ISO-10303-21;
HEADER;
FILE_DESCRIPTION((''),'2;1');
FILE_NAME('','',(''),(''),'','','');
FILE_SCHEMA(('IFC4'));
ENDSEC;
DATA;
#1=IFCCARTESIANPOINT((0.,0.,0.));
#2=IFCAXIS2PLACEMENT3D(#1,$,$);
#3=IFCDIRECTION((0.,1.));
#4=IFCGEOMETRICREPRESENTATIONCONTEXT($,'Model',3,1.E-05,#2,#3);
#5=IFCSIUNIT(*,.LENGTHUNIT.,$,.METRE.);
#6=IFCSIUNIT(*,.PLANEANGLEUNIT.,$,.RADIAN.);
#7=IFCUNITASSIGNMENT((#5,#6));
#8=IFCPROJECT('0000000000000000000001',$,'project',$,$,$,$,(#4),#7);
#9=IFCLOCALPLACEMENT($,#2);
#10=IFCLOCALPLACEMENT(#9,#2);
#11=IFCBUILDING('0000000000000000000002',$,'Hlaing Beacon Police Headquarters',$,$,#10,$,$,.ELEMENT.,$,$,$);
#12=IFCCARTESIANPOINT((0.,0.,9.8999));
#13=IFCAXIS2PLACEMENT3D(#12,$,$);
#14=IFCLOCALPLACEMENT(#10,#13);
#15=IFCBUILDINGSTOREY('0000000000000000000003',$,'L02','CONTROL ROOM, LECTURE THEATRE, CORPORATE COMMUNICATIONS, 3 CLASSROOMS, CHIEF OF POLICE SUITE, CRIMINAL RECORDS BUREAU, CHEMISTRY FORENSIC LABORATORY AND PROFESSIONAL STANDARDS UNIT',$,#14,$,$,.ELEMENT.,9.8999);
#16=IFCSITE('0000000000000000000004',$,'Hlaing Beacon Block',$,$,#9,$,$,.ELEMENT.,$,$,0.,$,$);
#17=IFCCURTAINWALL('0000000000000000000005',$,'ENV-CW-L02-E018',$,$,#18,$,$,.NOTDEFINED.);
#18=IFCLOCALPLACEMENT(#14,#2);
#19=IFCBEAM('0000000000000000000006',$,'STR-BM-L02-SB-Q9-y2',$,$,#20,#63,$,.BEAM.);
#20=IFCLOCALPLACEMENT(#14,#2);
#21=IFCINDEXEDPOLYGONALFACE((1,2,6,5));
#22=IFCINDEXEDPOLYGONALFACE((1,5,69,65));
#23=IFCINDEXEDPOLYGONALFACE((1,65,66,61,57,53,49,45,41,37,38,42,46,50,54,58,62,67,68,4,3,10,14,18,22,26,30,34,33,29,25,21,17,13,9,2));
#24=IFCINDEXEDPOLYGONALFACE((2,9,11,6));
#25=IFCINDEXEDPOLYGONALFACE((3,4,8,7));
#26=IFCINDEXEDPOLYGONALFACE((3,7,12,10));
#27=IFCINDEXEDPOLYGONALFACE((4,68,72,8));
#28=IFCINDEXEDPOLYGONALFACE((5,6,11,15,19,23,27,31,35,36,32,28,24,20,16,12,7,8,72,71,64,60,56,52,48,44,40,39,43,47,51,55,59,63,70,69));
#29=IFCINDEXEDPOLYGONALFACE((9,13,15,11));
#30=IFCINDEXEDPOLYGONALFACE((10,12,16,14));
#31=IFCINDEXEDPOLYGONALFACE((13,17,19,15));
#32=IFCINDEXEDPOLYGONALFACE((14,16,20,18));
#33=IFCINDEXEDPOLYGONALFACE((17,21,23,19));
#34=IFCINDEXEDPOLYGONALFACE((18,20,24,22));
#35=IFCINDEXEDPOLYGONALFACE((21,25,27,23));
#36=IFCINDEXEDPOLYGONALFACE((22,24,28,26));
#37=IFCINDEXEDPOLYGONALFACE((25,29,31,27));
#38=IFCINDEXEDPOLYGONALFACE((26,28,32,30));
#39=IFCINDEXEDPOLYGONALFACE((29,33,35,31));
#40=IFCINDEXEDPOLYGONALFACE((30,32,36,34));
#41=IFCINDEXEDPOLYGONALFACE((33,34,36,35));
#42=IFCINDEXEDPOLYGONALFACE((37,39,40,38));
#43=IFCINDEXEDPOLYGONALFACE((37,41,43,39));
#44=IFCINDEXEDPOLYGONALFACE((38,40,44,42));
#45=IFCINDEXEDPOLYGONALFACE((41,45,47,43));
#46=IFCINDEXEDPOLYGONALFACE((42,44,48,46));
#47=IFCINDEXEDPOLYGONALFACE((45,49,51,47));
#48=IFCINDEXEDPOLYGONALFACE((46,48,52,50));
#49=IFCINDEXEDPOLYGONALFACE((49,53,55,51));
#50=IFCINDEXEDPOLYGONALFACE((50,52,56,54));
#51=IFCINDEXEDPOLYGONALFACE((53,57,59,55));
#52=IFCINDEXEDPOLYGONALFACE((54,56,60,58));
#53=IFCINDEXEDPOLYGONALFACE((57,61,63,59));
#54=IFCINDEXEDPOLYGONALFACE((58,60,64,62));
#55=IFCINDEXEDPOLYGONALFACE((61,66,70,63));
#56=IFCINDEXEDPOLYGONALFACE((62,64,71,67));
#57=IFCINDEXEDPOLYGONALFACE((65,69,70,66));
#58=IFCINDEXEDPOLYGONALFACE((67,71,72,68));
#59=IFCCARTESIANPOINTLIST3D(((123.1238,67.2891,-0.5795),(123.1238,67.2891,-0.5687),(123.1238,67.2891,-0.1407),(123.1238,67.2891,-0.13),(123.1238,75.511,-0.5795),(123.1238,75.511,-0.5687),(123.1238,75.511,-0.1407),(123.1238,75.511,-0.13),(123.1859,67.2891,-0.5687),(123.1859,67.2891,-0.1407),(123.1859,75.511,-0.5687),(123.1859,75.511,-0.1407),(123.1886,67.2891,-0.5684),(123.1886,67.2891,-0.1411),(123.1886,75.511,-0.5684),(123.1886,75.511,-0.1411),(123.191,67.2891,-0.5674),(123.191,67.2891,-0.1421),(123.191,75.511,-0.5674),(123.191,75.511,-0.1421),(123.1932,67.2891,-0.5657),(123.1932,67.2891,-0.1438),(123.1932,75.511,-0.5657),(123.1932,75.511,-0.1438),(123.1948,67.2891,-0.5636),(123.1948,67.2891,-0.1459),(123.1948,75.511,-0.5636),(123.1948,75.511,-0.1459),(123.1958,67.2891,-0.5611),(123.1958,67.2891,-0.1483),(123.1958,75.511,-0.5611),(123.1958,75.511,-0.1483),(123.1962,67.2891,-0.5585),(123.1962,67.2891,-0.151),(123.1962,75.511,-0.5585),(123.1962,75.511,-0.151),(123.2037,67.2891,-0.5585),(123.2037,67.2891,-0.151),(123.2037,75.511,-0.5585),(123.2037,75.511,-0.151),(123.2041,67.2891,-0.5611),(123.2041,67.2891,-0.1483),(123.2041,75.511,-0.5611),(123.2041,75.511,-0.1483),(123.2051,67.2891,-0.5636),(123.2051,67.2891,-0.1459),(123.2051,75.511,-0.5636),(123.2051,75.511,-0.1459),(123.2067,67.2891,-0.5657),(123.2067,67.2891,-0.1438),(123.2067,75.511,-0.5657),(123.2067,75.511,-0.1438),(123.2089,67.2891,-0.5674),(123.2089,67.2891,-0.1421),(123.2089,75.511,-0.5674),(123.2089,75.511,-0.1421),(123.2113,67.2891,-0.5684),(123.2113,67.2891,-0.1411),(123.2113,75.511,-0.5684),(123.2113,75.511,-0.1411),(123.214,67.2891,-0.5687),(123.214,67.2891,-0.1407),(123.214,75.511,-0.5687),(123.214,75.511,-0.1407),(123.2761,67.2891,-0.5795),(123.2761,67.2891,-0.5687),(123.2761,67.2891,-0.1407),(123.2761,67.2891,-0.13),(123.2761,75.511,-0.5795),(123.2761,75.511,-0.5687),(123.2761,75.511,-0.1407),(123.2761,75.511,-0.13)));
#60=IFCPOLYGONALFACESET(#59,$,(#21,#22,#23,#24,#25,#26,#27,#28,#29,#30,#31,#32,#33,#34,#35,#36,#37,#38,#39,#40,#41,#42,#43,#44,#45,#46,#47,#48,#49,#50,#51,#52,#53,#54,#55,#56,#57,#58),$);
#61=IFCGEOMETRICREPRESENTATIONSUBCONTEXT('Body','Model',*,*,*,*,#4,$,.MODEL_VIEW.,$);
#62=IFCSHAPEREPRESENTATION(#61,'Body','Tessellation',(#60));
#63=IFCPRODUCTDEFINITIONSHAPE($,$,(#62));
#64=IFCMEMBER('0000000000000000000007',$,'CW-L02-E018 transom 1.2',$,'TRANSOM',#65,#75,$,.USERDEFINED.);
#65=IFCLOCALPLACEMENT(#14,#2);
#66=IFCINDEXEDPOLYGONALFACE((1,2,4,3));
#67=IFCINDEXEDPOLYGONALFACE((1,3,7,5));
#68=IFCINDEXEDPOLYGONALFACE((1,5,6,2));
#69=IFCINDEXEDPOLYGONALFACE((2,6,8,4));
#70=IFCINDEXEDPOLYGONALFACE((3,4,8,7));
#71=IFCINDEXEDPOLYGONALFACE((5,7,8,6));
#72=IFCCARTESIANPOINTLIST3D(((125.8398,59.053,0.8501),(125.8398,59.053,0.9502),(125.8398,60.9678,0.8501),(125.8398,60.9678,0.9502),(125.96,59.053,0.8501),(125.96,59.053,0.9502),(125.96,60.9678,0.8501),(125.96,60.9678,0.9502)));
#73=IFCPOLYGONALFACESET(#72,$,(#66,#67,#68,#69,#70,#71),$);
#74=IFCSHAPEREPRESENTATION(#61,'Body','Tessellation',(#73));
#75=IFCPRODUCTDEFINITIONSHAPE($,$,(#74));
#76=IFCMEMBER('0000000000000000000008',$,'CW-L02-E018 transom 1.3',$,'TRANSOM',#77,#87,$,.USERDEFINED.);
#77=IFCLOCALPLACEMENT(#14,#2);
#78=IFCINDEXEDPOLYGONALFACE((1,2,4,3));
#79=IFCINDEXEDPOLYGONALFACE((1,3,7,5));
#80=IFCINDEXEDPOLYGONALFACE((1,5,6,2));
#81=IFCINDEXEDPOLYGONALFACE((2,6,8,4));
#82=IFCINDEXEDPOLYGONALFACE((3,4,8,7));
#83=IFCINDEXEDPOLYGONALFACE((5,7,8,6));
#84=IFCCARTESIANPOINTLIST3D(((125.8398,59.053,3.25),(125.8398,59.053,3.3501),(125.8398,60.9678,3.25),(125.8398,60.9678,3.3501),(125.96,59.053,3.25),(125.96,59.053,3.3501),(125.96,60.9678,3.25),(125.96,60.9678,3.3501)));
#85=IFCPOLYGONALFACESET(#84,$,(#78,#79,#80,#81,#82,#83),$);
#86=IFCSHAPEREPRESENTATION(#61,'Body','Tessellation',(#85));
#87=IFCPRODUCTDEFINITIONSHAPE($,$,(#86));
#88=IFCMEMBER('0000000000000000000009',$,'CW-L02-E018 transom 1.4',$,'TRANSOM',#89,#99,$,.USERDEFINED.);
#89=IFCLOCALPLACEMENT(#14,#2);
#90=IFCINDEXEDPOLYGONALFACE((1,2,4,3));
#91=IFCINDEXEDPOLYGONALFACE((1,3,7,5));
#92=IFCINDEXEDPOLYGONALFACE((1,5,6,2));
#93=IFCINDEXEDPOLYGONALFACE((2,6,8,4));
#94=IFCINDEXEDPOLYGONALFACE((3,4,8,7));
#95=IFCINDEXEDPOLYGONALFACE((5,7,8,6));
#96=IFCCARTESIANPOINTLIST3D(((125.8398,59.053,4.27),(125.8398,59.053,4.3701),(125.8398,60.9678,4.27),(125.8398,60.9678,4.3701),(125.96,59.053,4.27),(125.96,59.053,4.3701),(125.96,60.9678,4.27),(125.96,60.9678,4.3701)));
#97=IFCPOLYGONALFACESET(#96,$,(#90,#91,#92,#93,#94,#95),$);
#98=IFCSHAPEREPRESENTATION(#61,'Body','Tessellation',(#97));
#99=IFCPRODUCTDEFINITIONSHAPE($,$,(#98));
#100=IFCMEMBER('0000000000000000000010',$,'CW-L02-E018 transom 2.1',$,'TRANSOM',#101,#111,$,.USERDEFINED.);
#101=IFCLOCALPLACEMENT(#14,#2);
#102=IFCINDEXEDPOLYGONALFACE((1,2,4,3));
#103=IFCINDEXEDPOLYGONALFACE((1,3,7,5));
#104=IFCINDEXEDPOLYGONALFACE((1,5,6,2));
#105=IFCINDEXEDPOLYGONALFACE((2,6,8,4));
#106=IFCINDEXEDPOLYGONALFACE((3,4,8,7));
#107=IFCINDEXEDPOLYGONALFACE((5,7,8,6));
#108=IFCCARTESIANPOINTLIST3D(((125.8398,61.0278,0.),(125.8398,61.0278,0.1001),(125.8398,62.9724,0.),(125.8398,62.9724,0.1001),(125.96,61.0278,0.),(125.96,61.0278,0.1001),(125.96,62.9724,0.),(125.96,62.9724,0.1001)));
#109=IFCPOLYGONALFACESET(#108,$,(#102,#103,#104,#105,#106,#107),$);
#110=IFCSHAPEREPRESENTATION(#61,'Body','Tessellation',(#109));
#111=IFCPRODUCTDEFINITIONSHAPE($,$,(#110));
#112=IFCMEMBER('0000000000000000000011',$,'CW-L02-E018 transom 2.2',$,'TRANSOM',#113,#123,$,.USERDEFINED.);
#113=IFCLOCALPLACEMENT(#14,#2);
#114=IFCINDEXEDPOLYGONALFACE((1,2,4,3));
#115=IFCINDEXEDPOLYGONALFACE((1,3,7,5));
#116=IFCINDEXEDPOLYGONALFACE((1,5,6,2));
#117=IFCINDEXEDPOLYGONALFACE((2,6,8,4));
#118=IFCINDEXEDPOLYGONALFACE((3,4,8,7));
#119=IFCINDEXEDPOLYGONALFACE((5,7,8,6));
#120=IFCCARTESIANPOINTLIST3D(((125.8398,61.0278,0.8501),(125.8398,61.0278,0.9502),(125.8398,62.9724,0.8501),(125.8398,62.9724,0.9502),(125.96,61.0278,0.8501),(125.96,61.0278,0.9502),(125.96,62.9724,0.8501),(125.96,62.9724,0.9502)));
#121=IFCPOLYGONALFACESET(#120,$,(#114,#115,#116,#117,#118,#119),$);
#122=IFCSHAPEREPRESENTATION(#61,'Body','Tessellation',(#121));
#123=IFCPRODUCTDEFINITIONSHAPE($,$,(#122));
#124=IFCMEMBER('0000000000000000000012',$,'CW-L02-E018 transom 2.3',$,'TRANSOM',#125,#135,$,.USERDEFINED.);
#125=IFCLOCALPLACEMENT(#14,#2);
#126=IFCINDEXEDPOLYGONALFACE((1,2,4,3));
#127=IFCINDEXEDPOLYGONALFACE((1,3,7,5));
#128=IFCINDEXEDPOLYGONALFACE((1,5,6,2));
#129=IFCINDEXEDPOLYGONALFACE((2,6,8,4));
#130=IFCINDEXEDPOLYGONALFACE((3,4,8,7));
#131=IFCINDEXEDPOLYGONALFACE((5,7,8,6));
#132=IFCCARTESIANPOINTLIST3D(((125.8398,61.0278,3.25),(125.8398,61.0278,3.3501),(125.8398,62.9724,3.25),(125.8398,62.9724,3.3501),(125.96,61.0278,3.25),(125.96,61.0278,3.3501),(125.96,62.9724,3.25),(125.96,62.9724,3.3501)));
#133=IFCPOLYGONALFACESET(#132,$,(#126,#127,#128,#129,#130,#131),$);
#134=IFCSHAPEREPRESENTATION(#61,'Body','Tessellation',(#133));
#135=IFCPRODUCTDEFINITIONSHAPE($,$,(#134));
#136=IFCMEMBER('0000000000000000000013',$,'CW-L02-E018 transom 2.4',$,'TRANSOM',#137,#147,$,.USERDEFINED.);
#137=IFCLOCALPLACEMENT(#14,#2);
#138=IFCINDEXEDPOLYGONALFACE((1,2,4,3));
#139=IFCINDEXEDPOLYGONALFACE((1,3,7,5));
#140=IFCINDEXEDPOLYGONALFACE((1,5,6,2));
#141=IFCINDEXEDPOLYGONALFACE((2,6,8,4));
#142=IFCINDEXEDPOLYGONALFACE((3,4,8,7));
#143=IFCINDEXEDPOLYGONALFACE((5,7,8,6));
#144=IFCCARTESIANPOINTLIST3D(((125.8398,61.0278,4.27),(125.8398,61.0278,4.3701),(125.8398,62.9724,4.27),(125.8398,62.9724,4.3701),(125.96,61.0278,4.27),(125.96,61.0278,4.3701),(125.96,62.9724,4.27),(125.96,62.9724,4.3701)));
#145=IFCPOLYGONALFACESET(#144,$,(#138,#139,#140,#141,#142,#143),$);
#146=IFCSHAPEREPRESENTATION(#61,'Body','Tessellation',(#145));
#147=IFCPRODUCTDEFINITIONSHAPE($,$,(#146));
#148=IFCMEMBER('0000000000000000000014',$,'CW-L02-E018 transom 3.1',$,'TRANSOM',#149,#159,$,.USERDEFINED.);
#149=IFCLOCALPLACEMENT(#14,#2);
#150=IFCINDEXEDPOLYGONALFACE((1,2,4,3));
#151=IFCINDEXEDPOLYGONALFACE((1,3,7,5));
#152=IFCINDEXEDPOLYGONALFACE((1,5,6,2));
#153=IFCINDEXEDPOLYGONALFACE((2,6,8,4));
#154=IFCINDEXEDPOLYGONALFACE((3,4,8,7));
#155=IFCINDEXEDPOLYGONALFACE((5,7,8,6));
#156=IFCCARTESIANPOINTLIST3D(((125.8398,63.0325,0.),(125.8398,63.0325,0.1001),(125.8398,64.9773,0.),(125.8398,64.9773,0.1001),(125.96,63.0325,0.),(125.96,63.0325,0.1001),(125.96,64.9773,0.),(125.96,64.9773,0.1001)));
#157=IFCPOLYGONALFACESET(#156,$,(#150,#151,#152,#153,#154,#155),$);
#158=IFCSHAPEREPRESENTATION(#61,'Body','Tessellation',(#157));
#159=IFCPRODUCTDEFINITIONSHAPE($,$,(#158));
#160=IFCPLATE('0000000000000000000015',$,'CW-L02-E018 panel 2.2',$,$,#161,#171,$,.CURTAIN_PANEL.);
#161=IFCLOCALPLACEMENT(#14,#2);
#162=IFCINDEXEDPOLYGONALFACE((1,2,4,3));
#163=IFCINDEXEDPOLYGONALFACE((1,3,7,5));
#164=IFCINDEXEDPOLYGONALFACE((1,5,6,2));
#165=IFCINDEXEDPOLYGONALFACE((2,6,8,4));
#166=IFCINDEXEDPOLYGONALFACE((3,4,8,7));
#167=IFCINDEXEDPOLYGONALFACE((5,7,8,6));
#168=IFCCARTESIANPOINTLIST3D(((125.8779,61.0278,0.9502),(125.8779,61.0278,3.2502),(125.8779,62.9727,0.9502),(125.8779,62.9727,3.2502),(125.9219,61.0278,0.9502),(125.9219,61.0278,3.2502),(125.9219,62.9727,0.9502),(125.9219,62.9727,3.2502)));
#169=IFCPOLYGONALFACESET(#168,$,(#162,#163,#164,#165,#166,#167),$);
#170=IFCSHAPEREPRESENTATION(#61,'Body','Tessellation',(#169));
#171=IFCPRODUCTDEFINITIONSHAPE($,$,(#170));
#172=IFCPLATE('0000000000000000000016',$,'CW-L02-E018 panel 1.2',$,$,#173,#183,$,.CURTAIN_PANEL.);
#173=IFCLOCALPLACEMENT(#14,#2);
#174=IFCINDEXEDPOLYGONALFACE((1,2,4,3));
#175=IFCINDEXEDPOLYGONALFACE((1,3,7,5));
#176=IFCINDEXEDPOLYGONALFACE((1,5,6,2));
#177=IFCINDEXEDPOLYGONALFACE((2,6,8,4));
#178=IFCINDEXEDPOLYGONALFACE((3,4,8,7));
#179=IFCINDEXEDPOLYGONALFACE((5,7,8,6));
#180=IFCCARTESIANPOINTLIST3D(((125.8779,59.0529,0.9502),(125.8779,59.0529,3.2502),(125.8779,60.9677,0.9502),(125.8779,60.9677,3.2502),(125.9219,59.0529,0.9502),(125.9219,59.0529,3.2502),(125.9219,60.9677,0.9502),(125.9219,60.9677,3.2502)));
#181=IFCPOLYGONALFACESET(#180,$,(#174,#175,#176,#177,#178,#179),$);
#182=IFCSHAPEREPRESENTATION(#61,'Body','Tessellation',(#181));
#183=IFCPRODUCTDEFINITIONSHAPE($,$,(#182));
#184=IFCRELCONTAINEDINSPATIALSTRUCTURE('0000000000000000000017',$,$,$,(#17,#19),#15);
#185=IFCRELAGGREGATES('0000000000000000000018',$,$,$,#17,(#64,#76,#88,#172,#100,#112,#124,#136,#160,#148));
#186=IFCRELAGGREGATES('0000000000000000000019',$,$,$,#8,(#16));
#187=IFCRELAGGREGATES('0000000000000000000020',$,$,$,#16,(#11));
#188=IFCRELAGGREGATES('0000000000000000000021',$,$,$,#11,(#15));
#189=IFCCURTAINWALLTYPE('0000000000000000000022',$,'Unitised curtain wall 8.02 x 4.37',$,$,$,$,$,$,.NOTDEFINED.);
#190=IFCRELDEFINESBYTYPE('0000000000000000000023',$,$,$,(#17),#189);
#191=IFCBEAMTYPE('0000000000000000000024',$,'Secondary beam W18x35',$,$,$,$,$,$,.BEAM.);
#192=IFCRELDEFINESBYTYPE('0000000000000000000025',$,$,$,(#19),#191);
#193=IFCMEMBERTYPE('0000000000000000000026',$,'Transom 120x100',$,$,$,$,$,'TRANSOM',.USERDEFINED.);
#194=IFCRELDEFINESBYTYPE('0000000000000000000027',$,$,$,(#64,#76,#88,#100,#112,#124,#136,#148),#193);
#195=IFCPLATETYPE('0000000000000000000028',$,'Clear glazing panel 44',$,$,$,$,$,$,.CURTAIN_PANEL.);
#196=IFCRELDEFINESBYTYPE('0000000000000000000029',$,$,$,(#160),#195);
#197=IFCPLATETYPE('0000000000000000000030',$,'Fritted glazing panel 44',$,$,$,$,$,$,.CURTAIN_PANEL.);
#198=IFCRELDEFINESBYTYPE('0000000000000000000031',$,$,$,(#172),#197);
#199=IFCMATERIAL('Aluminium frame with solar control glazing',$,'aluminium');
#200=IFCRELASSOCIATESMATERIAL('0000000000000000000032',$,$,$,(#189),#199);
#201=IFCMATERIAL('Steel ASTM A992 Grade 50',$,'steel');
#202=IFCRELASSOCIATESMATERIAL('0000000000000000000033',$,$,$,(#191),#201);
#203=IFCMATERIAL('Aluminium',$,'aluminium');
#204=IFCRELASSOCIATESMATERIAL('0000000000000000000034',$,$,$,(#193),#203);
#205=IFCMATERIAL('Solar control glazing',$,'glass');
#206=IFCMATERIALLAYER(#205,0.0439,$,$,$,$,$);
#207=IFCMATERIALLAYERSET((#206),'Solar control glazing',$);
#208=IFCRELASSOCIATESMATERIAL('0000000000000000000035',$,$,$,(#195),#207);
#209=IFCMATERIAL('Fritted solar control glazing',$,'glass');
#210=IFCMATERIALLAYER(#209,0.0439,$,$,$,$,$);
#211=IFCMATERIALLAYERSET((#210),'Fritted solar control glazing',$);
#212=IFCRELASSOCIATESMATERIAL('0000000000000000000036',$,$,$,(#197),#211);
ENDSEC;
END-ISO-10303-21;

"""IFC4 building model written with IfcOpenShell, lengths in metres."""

from ifc_helpers import new_model, si_unit, direction, frame, origin, origin_2d, place, context, subcontext, project, spatial, rectangle, i_section, extrude, material, layer, layer_set, material_profile, profile_set, type_object, element, aggregate, save


model = new_model("IFC4")

# Units and contexts
model_context = context("Model", 3, precision=1e-05, world=origin(), true_north=direction((0.0, 1.0)))
body_context = subcontext(model_context, "Body", "Model", "MODEL_VIEW")
ifc_project = project(units=[si_unit("LENGTHUNIT", "METRE"), si_unit("PLANEANGLEUNIT", "RADIAN")], contexts=[model_context])

# Site, building, storey
site_placement = place(None, origin())
site = spatial("IfcSite", under=ifc_project, at=site_placement, Name="Hlaing Beacon Block", CompositionType="ELEMENT", RefElevation=0.0)
building_placement = place(site_placement, origin())
building = spatial("IfcBuilding", under=site, at=building_placement, Name="Hlaing Beacon Police Headquarters", CompositionType="ELEMENT")
storey_placement = place(building_placement, frame((0.0, 0.0, 9.8999)))
storey = spatial("IfcBuildingStorey", under=building, at=storey_placement, Name="L02", Description="CONTROL ROOM, LECTURE THEATRE, CORPORATE COMMUNICATIONS, 3 CLASSROOMS, CHIEF OF POLICE SUITE, CRIMINAL RECORDS BUREAU, CHEMISTRY FORENSIC LABORATORY AND PROFESSIONAL STANDARDS UNIT", CompositionType="ELEMENT", Elevation=9.8999)

# Curtain wall
ifc_material_1 = material(Name="Aluminium frame with solar control glazing", Category="aluminium")
curtain_wall_type = type_object("IfcCurtainWallType", Name="Unitised curtain wall 8.02 x 4.37", PredefinedType="NOTDEFINED", material=ifc_material_1)
curtain_wall_placement = place(storey_placement, origin())
curtain_wall = element("IfcCurtainWall", 1, at=curtain_wall_placement, inside=storey, type_object=curtain_wall_type, Name="ENV-CW-L02-E018", PredefinedType="NOTDEFINED")

# Beam
ifc_material_2 = material(Name="Steel ASTM A992 Grade 50", Category="steel")
ifc_material_profile_1 = material_profile(ifc_material_2, i_section(OverallWidth=0.1523, OverallDepth=0.4495, WebThickness=0.0076, FlangeThickness=0.0107, FilletRadius=0.0103, at=origin_2d()), Name="W18x35")
ifc_profile_set_1 = profile_set([ifc_material_profile_1], Name="Steel ASTM A992 Grade 50")
beam_type_1 = type_object("IfcBeamType", Name="Secondary beam W18x35", PredefinedType="BEAM", material=ifc_profile_set_1)
for number, where, z_axis, x_axis, name in (
    (2, (123.2, 67.2891, -0.3547), (0.0, 1.0, 0.0), (-1.0, 0.0, 0.0), "STR-BM-L02-SB-Q9-y2"),
):
    element("IfcBeam", number, at=place(storey_placement, frame(where, z_axis=z_axis, x_axis=x_axis)), inside=storey, type_object=beam_type_1, Name=name, PredefinedType="BEAM", context=body_context, shape_type="SweptSolid", body=[
        extrude(i_section(OverallWidth=0.1523, OverallDepth=0.4495, WebThickness=0.0076, FlangeThickness=0.0107, FilletRadius=0.0103, at=origin_2d()), origin(), (0.0, 0.0, 1.0), 8.2219),
    ])

# Members
ifc_material_3 = material(Name="Aluminium", Category="aluminium")
ifc_material_profile_2 = material_profile(ifc_material_3, rectangle(XDim=0.1201, YDim=0.1001, at=origin_2d()), Name="Transom 120x100")
ifc_profile_set_2 = profile_set([ifc_material_profile_2], Name="Aluminium")
member_type_1 = type_object("IfcMemberType", Name="Transom 120x100", ElementType="TRANSOM", PredefinedType="USERDEFINED", material=ifc_profile_set_2)
member_1_placement = place(storey_placement, frame((125.8999, 59.053, 0.9001), z_axis=(0.0, 1.0, 0.0), x_axis=(-1.0, 0.0, 0.0)))
member_1 = element("IfcMember", 3, at=member_1_placement, type_object=member_type_1, Name="CW-L02-E018 transom 1.2", ObjectType="TRANSOM", PredefinedType="USERDEFINED", context=body_context, shape_type="SweptSolid", body=[
    extrude(rectangle(XDim=0.1201, YDim=0.1001, at=origin_2d()), origin(), (0.0, 0.0, 1.0), 1.9148),
])
member_2_placement = place(storey_placement, frame((125.8999, 59.053, 3.3), z_axis=(0.0, 1.0, 0.0), x_axis=(-1.0, 0.0, 0.0)))
member_2 = element("IfcMember", 4, at=member_2_placement, type_object=member_type_1, Name="CW-L02-E018 transom 1.3", ObjectType="TRANSOM", PredefinedType="USERDEFINED", context=body_context, shape_type="SweptSolid", body=[
    extrude(rectangle(XDim=0.1201, YDim=0.1001, at=origin_2d()), origin(), (0.0, 0.0, 1.0), 1.9148),
])
member_3_placement = place(storey_placement, frame((125.8999, 59.053, 4.3201), z_axis=(0.0, 1.0, 0.0), x_axis=(-1.0, 0.0, 0.0)))
member_3 = element("IfcMember", 5, at=member_3_placement, type_object=member_type_1, Name="CW-L02-E018 transom 1.4", ObjectType="TRANSOM", PredefinedType="USERDEFINED", context=body_context, shape_type="SweptSolid", body=[
    extrude(rectangle(XDim=0.1201, YDim=0.1001, at=origin_2d()), origin(), (0.0, 0.0, 1.0), 1.9148),
])
member_4_placement = place(storey_placement, frame((125.8999, 61.0278, 0.05), z_axis=(0.0, 1.0, 0.0), x_axis=(-1.0, 0.0, 0.0)))
member_4 = element("IfcMember", 6, at=member_4_placement, type_object=member_type_1, Name="CW-L02-E018 transom 2.1", ObjectType="TRANSOM", PredefinedType="USERDEFINED", context=body_context, shape_type="SweptSolid", body=[
    extrude(rectangle(XDim=0.1201, YDim=0.1001, at=origin_2d()), origin(), (0.0, 0.0, 1.0), 1.9446),
])
member_5_placement = place(storey_placement, frame((125.8999, 61.0278, 0.9001), z_axis=(0.0, 1.0, 0.0), x_axis=(-1.0, 0.0, 0.0)))
member_5 = element("IfcMember", 7, at=member_5_placement, type_object=member_type_1, Name="CW-L02-E018 transom 2.2", ObjectType="TRANSOM", PredefinedType="USERDEFINED", context=body_context, shape_type="SweptSolid", body=[
    extrude(rectangle(XDim=0.1201, YDim=0.1001, at=origin_2d()), origin(), (0.0, 0.0, 1.0), 1.9446),
])
member_6_placement = place(storey_placement, frame((125.8999, 61.0278, 3.3), z_axis=(0.0, 1.0, 0.0), x_axis=(-1.0, 0.0, 0.0)))
member_6 = element("IfcMember", 8, at=member_6_placement, type_object=member_type_1, Name="CW-L02-E018 transom 2.3", ObjectType="TRANSOM", PredefinedType="USERDEFINED", context=body_context, shape_type="SweptSolid", body=[
    extrude(rectangle(XDim=0.1201, YDim=0.1001, at=origin_2d()), origin(), (0.0, 0.0, 1.0), 1.9446),
])
member_7_placement = place(storey_placement, frame((125.8999, 61.0278, 4.3201), z_axis=(0.0, 1.0, 0.0), x_axis=(-1.0, 0.0, 0.0)))
member_7 = element("IfcMember", 9, at=member_7_placement, type_object=member_type_1, Name="CW-L02-E018 transom 2.4", ObjectType="TRANSOM", PredefinedType="USERDEFINED", context=body_context, shape_type="SweptSolid", body=[
    extrude(rectangle(XDim=0.1201, YDim=0.1001, at=origin_2d()), origin(), (0.0, 0.0, 1.0), 1.9446),
])
member_8_placement = place(storey_placement, frame((125.8999, 63.0325, 0.05), z_axis=(0.0, 1.0, 0.0), x_axis=(-1.0, 0.0, 0.0)))
member_8 = element("IfcMember", 10, at=member_8_placement, type_object=member_type_1, Name="CW-L02-E018 transom 3.1", ObjectType="TRANSOM", PredefinedType="USERDEFINED", context=body_context, shape_type="SweptSolid", body=[
    extrude(rectangle(XDim=0.1201, YDim=0.1001, at=origin_2d()), origin(), (0.0, 0.0, 1.0), 1.9448),
])

# Plates
ifc_material_4 = material(Name="Solar control glazing", Category="glass")
ifc_layer_1 = layer(ifc_material_4, 0.0439)
ifc_layer_set_1 = layer_set([ifc_layer_1], Name="Solar control glazing")
plate_type_1 = type_object("IfcPlateType", Name="Clear glazing panel 44", PredefinedType="CURTAIN_PANEL", material=ifc_layer_set_1)
plate_1_placement = place(storey_placement, frame((125.8999, 62.0002, 0.9502), z_axis=(0.0, 0.0, 1.0), x_axis=(0.0, 1.0, 0.0)))
plate_1 = element("IfcPlate", 11, at=plate_1_placement, type_object=plate_type_1, Name="CW-L02-E018 panel 2.2", PredefinedType="CURTAIN_PANEL", context=body_context, shape_type="SweptSolid", body=[
    extrude(rectangle(XDim=1.9448, YDim=0.0439, at=origin_2d()), origin(), (0.0, 0.0, 1.0), 2.3),
])
ifc_material_5 = material(Name="Fritted solar control glazing", Category="glass")
ifc_layer_2 = layer(ifc_material_5, 0.0439)
ifc_layer_set_2 = layer_set([ifc_layer_2], Name="Fritted solar control glazing")
plate_type_2 = type_object("IfcPlateType", Name="Fritted glazing panel 44", PredefinedType="CURTAIN_PANEL", material=ifc_layer_set_2)
plate_2_placement = place(storey_placement, frame((125.8999, 60.0103, 0.9502), z_axis=(0.0, 0.0, 1.0), x_axis=(0.0, 1.0, 0.0)))
plate_2 = element("IfcPlate", 12, at=plate_2_placement, type_object=plate_type_2, Name="CW-L02-E018 panel 1.2", PredefinedType="CURTAIN_PANEL", context=body_context, shape_type="SweptSolid", body=[
    extrude(rectangle(XDim=1.9148, YDim=0.0439, at=origin_2d()), origin(), (0.0, 0.0, 1.0), 2.3),
])
aggregate(curtain_wall, [member_1, member_2, member_3, plate_2, member_4, member_5, member_6, member_7, plate_1, member_8])

save(model, "model.ifc")
